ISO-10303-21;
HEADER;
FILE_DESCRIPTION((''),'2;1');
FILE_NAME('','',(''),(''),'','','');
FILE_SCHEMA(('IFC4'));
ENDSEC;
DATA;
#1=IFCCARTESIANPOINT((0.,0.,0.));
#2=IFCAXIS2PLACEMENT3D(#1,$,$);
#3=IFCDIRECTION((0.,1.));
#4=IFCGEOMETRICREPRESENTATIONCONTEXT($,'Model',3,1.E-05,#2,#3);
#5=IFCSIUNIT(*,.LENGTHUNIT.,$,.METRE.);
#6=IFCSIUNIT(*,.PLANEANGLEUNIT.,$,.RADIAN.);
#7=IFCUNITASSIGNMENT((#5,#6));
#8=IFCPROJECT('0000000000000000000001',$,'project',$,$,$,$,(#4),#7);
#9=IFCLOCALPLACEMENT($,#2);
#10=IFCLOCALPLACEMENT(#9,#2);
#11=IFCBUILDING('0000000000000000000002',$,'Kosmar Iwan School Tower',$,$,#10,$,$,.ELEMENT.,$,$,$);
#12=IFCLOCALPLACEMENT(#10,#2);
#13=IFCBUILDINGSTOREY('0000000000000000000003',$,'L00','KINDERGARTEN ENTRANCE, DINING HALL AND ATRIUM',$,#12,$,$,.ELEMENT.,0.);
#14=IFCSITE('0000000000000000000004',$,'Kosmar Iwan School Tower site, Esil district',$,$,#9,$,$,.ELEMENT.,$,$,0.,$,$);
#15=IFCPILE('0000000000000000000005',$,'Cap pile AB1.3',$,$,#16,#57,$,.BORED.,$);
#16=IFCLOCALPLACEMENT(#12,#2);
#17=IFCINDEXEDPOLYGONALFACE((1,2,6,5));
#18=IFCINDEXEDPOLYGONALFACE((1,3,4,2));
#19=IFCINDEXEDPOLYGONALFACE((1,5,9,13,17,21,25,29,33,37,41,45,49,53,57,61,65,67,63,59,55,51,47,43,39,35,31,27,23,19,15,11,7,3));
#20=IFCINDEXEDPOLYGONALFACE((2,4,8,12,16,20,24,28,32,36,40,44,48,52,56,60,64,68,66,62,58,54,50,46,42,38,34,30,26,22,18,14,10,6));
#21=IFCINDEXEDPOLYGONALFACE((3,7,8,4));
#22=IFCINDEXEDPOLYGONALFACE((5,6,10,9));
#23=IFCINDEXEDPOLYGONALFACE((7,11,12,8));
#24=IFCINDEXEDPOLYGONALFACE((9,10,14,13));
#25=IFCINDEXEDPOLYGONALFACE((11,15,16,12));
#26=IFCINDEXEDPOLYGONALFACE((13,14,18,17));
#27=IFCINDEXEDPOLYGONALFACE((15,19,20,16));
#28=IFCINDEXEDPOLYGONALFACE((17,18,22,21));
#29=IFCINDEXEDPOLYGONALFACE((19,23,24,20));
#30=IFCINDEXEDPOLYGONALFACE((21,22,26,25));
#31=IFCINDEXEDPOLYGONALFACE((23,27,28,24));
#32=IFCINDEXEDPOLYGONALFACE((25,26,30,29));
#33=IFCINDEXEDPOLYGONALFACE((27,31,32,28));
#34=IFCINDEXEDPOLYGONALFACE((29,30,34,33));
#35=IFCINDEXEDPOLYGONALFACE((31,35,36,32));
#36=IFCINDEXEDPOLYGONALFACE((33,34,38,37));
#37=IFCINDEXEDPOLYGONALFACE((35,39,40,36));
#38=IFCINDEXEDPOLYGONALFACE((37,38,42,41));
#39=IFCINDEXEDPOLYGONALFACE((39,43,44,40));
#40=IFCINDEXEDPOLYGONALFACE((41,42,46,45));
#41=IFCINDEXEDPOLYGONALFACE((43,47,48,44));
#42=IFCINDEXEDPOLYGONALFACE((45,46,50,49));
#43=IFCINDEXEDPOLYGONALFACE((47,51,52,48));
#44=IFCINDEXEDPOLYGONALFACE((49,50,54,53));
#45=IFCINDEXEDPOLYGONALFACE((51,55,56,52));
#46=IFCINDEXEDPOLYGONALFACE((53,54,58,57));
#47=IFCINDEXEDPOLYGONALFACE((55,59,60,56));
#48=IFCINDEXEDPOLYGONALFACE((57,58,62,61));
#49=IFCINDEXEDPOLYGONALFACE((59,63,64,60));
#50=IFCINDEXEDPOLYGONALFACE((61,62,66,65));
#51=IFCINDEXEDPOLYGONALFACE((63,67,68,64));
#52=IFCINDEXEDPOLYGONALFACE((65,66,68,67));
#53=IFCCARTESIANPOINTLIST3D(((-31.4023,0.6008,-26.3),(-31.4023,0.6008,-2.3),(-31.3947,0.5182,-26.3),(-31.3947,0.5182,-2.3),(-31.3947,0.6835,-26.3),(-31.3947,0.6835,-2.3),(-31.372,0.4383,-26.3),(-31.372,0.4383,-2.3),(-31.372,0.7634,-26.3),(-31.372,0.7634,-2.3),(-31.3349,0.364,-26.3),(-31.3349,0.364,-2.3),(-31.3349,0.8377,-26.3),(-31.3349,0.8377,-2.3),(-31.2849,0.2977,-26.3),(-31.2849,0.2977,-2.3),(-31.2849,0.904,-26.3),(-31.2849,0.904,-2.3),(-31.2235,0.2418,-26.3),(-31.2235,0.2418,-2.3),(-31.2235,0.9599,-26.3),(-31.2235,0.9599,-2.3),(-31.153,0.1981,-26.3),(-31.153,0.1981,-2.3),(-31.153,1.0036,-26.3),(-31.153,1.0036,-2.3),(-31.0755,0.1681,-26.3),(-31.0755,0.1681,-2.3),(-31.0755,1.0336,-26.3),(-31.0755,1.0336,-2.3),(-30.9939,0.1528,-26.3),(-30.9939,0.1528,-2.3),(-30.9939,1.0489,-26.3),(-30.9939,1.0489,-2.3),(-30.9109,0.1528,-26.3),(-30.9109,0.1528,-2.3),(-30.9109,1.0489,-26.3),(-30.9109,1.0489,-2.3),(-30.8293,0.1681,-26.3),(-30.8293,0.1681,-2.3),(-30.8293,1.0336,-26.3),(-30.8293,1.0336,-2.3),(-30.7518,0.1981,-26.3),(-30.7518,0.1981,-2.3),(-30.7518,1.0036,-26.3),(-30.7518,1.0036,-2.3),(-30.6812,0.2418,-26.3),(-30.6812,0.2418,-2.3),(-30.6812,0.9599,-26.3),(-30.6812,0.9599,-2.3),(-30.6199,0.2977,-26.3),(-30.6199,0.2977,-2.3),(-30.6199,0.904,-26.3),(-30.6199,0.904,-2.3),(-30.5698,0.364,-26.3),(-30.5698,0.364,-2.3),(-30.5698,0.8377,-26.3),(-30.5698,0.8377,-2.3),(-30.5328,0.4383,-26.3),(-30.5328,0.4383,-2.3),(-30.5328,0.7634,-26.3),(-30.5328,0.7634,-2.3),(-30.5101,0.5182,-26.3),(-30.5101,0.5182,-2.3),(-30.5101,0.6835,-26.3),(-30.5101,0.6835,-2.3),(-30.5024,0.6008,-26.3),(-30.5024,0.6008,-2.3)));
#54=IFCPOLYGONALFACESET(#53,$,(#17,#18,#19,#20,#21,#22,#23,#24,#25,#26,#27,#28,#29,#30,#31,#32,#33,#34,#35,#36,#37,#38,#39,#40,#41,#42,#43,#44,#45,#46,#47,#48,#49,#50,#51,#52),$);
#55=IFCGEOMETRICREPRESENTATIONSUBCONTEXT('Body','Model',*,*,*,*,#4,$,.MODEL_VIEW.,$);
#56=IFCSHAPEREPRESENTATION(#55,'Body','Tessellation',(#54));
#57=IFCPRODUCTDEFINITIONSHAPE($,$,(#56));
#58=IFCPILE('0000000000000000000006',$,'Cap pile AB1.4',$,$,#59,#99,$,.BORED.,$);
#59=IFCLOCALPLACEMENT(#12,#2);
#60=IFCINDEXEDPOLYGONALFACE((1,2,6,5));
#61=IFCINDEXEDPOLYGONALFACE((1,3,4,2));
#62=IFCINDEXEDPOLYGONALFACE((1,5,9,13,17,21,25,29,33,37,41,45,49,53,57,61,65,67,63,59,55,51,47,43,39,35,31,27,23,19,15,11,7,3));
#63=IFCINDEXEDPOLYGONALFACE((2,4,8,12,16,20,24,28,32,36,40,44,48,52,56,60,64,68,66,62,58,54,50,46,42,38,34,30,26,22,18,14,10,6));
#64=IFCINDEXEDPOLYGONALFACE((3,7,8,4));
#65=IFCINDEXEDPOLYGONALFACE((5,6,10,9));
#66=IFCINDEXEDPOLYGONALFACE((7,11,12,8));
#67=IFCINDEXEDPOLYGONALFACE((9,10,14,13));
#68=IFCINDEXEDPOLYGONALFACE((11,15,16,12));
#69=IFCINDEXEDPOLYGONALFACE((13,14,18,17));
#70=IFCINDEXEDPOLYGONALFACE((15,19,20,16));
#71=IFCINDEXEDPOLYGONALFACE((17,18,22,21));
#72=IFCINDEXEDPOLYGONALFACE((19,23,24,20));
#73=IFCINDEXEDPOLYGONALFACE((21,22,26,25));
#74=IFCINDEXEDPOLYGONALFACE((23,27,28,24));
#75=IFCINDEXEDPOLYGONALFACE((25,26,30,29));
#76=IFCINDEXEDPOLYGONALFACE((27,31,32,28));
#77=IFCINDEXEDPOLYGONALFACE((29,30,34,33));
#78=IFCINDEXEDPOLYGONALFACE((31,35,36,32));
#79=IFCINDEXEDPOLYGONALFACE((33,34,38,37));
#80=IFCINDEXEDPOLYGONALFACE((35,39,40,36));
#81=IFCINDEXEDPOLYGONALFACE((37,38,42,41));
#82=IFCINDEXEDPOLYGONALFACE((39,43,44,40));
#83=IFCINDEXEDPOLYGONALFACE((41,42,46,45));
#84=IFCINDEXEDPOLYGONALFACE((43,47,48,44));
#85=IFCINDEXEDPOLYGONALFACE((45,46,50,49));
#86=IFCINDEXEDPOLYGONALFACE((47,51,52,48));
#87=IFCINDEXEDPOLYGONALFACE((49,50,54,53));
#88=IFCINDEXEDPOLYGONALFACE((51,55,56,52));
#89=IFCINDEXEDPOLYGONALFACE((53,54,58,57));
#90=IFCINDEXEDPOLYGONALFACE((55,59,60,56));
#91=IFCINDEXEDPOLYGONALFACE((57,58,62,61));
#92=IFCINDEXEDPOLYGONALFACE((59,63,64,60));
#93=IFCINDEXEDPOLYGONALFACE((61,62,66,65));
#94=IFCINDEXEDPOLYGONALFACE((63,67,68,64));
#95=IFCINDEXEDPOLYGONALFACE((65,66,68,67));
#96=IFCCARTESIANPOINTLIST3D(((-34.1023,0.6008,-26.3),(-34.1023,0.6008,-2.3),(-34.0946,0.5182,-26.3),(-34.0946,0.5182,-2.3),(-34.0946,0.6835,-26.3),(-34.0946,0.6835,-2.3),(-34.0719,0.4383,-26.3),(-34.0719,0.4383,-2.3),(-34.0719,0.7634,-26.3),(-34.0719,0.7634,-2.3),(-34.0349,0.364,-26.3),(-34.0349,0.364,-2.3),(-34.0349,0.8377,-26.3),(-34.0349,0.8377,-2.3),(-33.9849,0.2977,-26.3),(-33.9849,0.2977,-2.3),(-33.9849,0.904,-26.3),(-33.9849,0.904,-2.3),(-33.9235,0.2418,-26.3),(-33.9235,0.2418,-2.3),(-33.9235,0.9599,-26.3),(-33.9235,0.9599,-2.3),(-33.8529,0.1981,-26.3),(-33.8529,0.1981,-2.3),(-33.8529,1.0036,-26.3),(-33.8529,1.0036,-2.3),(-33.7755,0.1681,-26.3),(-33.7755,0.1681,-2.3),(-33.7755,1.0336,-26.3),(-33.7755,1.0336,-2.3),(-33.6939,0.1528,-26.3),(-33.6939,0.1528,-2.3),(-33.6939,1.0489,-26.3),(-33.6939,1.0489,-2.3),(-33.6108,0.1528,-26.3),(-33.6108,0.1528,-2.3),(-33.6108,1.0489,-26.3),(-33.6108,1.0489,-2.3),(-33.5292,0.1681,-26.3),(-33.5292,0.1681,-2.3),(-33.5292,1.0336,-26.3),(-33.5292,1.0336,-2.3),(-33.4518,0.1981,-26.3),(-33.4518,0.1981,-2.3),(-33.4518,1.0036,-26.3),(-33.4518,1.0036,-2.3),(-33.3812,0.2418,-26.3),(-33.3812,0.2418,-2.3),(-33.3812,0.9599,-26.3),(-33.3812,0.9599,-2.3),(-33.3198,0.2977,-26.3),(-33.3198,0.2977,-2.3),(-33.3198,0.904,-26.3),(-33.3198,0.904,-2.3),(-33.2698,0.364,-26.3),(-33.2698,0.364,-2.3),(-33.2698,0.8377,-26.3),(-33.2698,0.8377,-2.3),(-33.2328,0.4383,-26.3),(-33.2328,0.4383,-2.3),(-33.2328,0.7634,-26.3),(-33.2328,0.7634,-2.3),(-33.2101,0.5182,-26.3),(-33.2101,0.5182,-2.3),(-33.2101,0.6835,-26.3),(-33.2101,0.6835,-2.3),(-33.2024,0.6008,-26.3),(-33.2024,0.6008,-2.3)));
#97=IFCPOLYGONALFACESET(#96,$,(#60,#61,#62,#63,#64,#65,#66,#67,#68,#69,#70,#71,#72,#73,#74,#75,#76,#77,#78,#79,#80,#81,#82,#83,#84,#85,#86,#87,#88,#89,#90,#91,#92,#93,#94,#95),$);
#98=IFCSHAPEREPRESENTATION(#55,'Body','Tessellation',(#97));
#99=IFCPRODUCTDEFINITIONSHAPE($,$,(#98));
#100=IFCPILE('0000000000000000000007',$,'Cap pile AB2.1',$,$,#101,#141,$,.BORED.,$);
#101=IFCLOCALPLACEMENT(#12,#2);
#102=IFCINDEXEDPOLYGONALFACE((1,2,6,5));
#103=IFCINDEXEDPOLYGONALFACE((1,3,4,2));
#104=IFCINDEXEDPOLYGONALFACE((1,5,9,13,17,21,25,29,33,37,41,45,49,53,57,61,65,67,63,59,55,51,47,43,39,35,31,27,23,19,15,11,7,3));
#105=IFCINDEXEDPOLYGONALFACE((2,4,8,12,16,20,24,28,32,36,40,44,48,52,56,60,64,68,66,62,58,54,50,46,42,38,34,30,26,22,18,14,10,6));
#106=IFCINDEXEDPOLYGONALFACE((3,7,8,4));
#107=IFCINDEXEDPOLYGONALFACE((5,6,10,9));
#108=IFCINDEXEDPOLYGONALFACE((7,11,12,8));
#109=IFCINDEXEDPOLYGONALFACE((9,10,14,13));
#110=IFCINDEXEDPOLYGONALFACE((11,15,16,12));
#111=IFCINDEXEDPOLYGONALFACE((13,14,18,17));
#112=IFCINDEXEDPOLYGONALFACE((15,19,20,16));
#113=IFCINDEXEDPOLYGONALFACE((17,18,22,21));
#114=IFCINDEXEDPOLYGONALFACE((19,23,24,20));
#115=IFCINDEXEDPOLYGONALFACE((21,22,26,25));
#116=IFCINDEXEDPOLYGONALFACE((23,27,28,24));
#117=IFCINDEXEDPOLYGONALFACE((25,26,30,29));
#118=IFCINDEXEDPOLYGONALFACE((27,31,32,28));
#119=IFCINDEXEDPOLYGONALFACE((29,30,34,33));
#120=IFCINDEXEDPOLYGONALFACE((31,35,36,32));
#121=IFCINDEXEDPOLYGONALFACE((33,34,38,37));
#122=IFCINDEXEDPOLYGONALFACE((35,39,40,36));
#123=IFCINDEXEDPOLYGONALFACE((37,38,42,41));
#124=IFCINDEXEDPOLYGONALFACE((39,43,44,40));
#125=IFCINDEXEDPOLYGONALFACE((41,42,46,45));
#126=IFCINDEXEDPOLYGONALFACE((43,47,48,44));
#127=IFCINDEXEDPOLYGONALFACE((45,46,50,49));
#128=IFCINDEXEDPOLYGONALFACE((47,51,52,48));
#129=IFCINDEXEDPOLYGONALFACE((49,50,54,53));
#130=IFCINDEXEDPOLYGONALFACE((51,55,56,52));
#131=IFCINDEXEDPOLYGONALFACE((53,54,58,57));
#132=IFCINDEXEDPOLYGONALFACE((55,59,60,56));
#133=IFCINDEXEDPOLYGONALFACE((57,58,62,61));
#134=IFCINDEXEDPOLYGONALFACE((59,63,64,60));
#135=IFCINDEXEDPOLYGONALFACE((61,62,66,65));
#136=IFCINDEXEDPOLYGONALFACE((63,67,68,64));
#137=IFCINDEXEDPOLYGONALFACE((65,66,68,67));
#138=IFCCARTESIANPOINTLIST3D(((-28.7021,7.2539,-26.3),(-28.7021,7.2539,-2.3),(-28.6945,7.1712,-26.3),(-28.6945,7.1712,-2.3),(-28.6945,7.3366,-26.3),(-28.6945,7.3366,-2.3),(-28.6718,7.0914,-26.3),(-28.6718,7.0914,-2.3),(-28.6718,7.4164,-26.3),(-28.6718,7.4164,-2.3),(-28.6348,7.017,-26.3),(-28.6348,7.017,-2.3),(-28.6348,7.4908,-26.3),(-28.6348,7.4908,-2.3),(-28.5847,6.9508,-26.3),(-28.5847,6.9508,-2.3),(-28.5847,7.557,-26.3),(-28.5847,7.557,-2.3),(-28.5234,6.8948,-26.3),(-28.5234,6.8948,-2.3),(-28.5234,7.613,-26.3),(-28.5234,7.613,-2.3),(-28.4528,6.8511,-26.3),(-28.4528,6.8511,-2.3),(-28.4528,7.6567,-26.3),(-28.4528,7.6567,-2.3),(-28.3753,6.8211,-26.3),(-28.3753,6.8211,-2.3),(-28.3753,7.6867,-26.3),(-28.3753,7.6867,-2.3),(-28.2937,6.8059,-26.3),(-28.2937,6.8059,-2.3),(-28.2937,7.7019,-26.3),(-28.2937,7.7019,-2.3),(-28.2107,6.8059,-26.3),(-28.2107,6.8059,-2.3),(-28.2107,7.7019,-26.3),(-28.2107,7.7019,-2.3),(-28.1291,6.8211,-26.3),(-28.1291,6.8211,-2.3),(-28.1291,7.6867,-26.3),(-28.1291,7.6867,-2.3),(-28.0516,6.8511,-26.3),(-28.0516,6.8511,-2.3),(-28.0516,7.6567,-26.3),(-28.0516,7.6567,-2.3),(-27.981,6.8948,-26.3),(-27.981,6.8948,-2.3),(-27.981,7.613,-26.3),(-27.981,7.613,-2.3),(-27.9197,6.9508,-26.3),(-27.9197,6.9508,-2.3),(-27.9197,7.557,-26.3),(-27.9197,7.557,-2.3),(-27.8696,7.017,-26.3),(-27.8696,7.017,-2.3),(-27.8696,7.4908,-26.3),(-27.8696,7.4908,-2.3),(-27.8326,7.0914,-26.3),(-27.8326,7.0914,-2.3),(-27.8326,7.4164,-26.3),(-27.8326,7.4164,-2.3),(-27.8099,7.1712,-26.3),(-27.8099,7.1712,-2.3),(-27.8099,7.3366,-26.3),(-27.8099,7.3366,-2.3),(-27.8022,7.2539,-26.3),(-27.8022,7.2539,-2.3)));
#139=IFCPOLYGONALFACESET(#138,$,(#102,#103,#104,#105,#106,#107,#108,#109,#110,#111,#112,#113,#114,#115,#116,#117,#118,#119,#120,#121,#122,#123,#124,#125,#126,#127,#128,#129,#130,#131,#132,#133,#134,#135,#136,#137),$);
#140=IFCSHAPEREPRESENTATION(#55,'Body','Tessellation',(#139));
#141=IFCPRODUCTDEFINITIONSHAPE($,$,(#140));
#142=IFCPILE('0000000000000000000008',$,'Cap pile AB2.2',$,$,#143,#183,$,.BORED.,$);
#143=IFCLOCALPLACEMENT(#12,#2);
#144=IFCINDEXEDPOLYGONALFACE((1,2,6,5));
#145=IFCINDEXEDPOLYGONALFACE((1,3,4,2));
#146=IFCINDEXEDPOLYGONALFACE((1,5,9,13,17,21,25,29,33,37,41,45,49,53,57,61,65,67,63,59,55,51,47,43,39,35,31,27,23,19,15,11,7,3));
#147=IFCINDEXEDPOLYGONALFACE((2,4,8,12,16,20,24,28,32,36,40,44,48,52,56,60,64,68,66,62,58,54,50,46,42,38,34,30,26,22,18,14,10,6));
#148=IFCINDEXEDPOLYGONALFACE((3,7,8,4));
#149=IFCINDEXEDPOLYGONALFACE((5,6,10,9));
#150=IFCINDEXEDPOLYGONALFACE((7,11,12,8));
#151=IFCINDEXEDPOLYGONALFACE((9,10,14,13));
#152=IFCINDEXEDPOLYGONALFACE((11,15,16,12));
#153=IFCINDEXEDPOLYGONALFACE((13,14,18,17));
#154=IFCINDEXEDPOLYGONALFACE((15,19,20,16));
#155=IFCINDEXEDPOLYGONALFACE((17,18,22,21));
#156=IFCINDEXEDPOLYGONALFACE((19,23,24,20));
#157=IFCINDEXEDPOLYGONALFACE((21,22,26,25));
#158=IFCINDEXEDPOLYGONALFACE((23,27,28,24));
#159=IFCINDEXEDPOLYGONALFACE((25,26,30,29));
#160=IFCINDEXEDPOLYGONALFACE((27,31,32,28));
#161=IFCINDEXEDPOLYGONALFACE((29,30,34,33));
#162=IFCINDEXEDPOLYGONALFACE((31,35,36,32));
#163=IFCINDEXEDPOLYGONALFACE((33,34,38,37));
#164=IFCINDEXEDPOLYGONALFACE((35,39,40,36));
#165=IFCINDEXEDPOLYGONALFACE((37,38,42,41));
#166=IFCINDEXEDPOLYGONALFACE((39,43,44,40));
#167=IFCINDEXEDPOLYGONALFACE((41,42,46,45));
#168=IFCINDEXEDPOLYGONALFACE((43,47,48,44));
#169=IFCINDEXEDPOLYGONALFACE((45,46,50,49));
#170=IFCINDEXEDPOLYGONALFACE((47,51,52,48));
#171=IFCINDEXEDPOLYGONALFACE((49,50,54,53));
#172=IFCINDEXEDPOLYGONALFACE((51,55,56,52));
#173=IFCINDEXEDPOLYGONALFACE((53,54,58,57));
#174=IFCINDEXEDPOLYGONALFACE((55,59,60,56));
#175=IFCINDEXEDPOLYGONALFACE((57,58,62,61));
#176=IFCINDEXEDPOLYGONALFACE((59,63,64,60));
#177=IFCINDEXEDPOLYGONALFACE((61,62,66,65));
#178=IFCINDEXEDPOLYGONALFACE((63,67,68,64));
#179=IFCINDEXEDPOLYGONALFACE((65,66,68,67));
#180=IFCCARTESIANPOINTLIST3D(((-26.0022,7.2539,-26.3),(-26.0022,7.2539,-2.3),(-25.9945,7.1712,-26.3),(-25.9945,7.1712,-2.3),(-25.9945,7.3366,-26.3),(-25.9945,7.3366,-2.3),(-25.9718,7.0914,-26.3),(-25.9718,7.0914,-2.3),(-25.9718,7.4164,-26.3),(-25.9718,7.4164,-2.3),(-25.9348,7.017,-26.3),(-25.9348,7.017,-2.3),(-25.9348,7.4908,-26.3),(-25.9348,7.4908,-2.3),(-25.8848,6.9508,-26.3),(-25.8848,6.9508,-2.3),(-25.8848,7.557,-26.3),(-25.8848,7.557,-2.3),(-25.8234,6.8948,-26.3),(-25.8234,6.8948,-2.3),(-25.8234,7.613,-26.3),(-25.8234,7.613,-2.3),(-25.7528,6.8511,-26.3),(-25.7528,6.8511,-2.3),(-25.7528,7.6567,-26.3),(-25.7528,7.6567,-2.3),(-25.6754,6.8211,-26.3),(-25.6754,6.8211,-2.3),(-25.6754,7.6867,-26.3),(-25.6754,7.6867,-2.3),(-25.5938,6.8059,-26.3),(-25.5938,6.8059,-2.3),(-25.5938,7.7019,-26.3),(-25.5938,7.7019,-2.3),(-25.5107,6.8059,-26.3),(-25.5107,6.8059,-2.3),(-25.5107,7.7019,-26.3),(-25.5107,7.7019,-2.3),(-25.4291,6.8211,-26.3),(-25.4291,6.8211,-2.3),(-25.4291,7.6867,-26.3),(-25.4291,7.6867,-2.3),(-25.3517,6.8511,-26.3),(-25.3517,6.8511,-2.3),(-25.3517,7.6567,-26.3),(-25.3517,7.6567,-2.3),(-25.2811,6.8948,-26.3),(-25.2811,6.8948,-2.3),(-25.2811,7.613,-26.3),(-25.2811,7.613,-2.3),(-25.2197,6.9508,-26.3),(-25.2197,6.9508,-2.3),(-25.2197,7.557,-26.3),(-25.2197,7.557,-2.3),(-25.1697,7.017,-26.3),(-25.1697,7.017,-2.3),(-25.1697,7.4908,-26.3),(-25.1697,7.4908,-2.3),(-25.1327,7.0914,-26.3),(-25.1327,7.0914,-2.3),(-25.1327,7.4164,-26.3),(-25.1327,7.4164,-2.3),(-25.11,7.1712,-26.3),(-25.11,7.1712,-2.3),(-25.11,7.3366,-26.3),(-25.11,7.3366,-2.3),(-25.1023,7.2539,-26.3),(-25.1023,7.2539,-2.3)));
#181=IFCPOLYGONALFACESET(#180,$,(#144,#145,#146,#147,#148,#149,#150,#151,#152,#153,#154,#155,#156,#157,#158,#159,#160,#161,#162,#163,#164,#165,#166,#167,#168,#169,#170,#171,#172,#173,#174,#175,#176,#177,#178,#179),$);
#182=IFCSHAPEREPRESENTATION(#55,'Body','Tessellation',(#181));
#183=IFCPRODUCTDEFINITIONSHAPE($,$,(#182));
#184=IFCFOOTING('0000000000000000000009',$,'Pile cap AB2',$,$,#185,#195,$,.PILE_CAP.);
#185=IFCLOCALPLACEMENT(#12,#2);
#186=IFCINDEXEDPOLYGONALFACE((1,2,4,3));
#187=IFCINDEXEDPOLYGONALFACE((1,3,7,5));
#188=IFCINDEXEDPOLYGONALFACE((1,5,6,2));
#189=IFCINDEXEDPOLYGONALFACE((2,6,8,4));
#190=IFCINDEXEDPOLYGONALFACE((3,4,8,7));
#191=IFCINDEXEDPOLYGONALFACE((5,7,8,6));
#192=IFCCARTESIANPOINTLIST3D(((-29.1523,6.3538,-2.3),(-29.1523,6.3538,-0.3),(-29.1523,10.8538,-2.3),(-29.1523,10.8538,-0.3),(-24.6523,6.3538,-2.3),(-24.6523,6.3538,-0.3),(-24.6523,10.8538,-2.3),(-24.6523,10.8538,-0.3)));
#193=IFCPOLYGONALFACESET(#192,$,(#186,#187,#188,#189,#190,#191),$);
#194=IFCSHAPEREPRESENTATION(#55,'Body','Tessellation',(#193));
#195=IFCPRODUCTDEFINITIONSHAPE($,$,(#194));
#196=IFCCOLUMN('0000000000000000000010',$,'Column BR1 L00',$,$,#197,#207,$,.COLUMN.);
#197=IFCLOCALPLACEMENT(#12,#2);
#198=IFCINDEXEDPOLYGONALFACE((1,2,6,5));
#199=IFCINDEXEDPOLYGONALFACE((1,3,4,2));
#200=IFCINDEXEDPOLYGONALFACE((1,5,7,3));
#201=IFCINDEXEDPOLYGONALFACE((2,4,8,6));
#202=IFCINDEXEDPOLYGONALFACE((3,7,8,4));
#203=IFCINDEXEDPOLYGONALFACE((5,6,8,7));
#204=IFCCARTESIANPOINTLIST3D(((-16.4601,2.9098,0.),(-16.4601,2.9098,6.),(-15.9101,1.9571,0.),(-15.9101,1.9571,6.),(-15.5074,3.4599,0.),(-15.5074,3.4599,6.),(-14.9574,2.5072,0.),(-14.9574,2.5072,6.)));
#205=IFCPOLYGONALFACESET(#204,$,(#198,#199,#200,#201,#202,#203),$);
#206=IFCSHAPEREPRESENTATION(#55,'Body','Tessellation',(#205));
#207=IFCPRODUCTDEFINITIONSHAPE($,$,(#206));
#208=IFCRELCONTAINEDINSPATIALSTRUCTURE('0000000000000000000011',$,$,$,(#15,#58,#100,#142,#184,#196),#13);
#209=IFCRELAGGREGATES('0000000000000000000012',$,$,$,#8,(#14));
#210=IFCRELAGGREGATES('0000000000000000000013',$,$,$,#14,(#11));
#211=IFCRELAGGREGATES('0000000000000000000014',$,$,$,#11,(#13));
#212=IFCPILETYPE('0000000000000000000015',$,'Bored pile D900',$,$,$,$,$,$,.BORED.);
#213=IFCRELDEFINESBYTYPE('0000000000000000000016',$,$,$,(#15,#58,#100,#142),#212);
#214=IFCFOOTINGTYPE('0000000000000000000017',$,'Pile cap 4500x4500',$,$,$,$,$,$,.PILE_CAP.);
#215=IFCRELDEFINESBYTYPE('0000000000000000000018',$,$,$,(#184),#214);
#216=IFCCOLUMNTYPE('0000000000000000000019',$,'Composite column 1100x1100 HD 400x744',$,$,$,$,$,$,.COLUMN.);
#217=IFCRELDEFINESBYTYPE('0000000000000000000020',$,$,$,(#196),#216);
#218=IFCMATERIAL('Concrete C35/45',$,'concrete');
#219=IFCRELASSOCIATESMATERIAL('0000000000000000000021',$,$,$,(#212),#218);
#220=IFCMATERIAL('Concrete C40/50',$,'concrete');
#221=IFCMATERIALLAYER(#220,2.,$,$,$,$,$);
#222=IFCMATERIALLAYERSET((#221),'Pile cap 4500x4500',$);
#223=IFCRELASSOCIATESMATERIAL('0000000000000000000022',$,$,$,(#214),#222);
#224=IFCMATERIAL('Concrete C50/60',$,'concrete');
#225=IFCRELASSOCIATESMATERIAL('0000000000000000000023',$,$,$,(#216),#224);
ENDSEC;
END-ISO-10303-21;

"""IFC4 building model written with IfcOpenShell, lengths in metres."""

from ifc_helpers import new_model, si_unit, direction, frame, origin, origin_2d, place, context, subcontext, project, spatial, rectangle, circle, extrude, material, layer, layer_set, material_profile, profile_set, type_object, element, save


model = new_model("IFC4")

# Units and contexts
model_context = context("Model", 3, precision=1e-05, world=origin(), true_north=direction((0.0, 1.0)))
body_context = subcontext(model_context, "Body", "Model", "MODEL_VIEW")
ifc_project = project(units=[si_unit("LENGTHUNIT", "METRE"), si_unit("PLANEANGLEUNIT", "RADIAN")], contexts=[model_context])

# Site, building, storey
site_placement = place(None, origin())
site = spatial("IfcSite", under=ifc_project, at=site_placement, Name="Kosmar Iwan School Tower site, Esil district", CompositionType="ELEMENT", RefElevation=0.0)
building_placement = place(site_placement, origin())
building = spatial("IfcBuilding", under=site, at=building_placement, Name="Kosmar Iwan School Tower", CompositionType="ELEMENT")
storey_placement = place(building_placement, origin())
storey = spatial("IfcBuildingStorey", under=building, at=storey_placement, Name="L00", Description="KINDERGARTEN ENTRANCE, DINING HALL AND ATRIUM", CompositionType="ELEMENT", Elevation=0.0)

# Piles
ifc_material_1 = material(Name="Concrete C35/45", Category="concrete")
ifc_material_profile_1 = material_profile(ifc_material_1, circle(Radius=0.45, at=origin_2d()), Name="D900")
ifc_profile_set_1 = profile_set([ifc_material_profile_1], Name="Concrete C35/45")
pile_type = type_object("IfcPileType", Name="Bored pile D900", PredefinedType="BORED", material=ifc_profile_set_1)
for number, where, z_axis, x_axis, name in (
    (1, (-30.9524, 0.6008, -2.3), (0.0, 0.0, -1.0), (1.0, 0.0, 0.0), "Cap pile AB1.3"),
    (2, (-33.6523, 0.6008, -2.3), (0.0, 0.0, -1.0), (1.0, 0.0, 0.0), "Cap pile AB1.4"),
    (3, (-28.2522, 7.2539, -2.3), (0.0, 0.0, -1.0), (1.0, 0.0, 0.0), "Cap pile AB2.1"),
    (4, (-25.5522, 7.2539, -2.3), (0.0, 0.0, -1.0), (1.0, 0.0, 0.0), "Cap pile AB2.2"),
):
    element("IfcPile", number, at=place(storey_placement, frame(where, z_axis=z_axis, x_axis=x_axis)), inside=storey, type_object=pile_type, Name=name, PredefinedType="BORED", context=body_context, shape_type="SweptSolid", body=[
        extrude(circle(Radius=0.45, at=origin_2d()), origin(), (0.0, 0.0, 1.0), 24.0),
    ])

# Footing
ifc_material_2 = material(Name="Concrete C40/50", Category="concrete")
ifc_layer_1 = layer(ifc_material_2, 2.0)
ifc_layer_set_1 = layer_set([ifc_layer_1], Name="Pile cap 4500x4500")
footing_type = type_object("IfcFootingType", Name="Pile cap 4500x4500", PredefinedType="PILE_CAP", material=ifc_layer_set_1)
footing_placement = place(storey_placement, frame((-26.9023, 8.6038, -2.3), z_axis=(0.0, 0.0, 1.0), x_axis=(1.0, 0.0, 0.0)))
element("IfcFooting", 5, at=footing_placement, inside=storey, type_object=footing_type, Name="Pile cap AB2", PredefinedType="PILE_CAP", context=body_context, shape_type="SweptSolid", body=[
    extrude(rectangle(XDim=4.5, YDim=4.5, at=origin_2d()), origin(), (0.0, 0.0, 1.0), 2.0),
])

# Column
ifc_material_3 = material(Name="Concrete C50/60", Category="concrete")
ifc_material_profile_2 = material_profile(ifc_material_3, rectangle(XDim=1.1001, YDim=1.1001, at=origin_2d()), Name="RC 1100x1100 + HD 400x744")
ifc_profile_set_2 = profile_set([ifc_material_profile_2], Name="Concrete C50/60")
column_type_1 = type_object("IfcColumnType", Name="Composite column 1100x1100 HD 400x744", PredefinedType="COLUMN", material=ifc_profile_set_2)
column_1_placement = place(storey_placement, frame((-15.7087, 2.7085, 0.0), z_axis=(0.0, 0.0, 1.0), x_axis=(-0.866025, -0.5, 0.0)))
element("IfcColumn", 6, at=column_1_placement, inside=storey, type_object=column_type_1, Name="Column BR1 L00", PredefinedType="COLUMN", context=body_context, shape_type="SweptSolid", body=[
    extrude(rectangle(XDim=1.1001, YDim=1.1001, at=origin_2d()), origin(), (0.0, 0.0, 1.0), 6.0),
])

save(model, "model.ifc")
